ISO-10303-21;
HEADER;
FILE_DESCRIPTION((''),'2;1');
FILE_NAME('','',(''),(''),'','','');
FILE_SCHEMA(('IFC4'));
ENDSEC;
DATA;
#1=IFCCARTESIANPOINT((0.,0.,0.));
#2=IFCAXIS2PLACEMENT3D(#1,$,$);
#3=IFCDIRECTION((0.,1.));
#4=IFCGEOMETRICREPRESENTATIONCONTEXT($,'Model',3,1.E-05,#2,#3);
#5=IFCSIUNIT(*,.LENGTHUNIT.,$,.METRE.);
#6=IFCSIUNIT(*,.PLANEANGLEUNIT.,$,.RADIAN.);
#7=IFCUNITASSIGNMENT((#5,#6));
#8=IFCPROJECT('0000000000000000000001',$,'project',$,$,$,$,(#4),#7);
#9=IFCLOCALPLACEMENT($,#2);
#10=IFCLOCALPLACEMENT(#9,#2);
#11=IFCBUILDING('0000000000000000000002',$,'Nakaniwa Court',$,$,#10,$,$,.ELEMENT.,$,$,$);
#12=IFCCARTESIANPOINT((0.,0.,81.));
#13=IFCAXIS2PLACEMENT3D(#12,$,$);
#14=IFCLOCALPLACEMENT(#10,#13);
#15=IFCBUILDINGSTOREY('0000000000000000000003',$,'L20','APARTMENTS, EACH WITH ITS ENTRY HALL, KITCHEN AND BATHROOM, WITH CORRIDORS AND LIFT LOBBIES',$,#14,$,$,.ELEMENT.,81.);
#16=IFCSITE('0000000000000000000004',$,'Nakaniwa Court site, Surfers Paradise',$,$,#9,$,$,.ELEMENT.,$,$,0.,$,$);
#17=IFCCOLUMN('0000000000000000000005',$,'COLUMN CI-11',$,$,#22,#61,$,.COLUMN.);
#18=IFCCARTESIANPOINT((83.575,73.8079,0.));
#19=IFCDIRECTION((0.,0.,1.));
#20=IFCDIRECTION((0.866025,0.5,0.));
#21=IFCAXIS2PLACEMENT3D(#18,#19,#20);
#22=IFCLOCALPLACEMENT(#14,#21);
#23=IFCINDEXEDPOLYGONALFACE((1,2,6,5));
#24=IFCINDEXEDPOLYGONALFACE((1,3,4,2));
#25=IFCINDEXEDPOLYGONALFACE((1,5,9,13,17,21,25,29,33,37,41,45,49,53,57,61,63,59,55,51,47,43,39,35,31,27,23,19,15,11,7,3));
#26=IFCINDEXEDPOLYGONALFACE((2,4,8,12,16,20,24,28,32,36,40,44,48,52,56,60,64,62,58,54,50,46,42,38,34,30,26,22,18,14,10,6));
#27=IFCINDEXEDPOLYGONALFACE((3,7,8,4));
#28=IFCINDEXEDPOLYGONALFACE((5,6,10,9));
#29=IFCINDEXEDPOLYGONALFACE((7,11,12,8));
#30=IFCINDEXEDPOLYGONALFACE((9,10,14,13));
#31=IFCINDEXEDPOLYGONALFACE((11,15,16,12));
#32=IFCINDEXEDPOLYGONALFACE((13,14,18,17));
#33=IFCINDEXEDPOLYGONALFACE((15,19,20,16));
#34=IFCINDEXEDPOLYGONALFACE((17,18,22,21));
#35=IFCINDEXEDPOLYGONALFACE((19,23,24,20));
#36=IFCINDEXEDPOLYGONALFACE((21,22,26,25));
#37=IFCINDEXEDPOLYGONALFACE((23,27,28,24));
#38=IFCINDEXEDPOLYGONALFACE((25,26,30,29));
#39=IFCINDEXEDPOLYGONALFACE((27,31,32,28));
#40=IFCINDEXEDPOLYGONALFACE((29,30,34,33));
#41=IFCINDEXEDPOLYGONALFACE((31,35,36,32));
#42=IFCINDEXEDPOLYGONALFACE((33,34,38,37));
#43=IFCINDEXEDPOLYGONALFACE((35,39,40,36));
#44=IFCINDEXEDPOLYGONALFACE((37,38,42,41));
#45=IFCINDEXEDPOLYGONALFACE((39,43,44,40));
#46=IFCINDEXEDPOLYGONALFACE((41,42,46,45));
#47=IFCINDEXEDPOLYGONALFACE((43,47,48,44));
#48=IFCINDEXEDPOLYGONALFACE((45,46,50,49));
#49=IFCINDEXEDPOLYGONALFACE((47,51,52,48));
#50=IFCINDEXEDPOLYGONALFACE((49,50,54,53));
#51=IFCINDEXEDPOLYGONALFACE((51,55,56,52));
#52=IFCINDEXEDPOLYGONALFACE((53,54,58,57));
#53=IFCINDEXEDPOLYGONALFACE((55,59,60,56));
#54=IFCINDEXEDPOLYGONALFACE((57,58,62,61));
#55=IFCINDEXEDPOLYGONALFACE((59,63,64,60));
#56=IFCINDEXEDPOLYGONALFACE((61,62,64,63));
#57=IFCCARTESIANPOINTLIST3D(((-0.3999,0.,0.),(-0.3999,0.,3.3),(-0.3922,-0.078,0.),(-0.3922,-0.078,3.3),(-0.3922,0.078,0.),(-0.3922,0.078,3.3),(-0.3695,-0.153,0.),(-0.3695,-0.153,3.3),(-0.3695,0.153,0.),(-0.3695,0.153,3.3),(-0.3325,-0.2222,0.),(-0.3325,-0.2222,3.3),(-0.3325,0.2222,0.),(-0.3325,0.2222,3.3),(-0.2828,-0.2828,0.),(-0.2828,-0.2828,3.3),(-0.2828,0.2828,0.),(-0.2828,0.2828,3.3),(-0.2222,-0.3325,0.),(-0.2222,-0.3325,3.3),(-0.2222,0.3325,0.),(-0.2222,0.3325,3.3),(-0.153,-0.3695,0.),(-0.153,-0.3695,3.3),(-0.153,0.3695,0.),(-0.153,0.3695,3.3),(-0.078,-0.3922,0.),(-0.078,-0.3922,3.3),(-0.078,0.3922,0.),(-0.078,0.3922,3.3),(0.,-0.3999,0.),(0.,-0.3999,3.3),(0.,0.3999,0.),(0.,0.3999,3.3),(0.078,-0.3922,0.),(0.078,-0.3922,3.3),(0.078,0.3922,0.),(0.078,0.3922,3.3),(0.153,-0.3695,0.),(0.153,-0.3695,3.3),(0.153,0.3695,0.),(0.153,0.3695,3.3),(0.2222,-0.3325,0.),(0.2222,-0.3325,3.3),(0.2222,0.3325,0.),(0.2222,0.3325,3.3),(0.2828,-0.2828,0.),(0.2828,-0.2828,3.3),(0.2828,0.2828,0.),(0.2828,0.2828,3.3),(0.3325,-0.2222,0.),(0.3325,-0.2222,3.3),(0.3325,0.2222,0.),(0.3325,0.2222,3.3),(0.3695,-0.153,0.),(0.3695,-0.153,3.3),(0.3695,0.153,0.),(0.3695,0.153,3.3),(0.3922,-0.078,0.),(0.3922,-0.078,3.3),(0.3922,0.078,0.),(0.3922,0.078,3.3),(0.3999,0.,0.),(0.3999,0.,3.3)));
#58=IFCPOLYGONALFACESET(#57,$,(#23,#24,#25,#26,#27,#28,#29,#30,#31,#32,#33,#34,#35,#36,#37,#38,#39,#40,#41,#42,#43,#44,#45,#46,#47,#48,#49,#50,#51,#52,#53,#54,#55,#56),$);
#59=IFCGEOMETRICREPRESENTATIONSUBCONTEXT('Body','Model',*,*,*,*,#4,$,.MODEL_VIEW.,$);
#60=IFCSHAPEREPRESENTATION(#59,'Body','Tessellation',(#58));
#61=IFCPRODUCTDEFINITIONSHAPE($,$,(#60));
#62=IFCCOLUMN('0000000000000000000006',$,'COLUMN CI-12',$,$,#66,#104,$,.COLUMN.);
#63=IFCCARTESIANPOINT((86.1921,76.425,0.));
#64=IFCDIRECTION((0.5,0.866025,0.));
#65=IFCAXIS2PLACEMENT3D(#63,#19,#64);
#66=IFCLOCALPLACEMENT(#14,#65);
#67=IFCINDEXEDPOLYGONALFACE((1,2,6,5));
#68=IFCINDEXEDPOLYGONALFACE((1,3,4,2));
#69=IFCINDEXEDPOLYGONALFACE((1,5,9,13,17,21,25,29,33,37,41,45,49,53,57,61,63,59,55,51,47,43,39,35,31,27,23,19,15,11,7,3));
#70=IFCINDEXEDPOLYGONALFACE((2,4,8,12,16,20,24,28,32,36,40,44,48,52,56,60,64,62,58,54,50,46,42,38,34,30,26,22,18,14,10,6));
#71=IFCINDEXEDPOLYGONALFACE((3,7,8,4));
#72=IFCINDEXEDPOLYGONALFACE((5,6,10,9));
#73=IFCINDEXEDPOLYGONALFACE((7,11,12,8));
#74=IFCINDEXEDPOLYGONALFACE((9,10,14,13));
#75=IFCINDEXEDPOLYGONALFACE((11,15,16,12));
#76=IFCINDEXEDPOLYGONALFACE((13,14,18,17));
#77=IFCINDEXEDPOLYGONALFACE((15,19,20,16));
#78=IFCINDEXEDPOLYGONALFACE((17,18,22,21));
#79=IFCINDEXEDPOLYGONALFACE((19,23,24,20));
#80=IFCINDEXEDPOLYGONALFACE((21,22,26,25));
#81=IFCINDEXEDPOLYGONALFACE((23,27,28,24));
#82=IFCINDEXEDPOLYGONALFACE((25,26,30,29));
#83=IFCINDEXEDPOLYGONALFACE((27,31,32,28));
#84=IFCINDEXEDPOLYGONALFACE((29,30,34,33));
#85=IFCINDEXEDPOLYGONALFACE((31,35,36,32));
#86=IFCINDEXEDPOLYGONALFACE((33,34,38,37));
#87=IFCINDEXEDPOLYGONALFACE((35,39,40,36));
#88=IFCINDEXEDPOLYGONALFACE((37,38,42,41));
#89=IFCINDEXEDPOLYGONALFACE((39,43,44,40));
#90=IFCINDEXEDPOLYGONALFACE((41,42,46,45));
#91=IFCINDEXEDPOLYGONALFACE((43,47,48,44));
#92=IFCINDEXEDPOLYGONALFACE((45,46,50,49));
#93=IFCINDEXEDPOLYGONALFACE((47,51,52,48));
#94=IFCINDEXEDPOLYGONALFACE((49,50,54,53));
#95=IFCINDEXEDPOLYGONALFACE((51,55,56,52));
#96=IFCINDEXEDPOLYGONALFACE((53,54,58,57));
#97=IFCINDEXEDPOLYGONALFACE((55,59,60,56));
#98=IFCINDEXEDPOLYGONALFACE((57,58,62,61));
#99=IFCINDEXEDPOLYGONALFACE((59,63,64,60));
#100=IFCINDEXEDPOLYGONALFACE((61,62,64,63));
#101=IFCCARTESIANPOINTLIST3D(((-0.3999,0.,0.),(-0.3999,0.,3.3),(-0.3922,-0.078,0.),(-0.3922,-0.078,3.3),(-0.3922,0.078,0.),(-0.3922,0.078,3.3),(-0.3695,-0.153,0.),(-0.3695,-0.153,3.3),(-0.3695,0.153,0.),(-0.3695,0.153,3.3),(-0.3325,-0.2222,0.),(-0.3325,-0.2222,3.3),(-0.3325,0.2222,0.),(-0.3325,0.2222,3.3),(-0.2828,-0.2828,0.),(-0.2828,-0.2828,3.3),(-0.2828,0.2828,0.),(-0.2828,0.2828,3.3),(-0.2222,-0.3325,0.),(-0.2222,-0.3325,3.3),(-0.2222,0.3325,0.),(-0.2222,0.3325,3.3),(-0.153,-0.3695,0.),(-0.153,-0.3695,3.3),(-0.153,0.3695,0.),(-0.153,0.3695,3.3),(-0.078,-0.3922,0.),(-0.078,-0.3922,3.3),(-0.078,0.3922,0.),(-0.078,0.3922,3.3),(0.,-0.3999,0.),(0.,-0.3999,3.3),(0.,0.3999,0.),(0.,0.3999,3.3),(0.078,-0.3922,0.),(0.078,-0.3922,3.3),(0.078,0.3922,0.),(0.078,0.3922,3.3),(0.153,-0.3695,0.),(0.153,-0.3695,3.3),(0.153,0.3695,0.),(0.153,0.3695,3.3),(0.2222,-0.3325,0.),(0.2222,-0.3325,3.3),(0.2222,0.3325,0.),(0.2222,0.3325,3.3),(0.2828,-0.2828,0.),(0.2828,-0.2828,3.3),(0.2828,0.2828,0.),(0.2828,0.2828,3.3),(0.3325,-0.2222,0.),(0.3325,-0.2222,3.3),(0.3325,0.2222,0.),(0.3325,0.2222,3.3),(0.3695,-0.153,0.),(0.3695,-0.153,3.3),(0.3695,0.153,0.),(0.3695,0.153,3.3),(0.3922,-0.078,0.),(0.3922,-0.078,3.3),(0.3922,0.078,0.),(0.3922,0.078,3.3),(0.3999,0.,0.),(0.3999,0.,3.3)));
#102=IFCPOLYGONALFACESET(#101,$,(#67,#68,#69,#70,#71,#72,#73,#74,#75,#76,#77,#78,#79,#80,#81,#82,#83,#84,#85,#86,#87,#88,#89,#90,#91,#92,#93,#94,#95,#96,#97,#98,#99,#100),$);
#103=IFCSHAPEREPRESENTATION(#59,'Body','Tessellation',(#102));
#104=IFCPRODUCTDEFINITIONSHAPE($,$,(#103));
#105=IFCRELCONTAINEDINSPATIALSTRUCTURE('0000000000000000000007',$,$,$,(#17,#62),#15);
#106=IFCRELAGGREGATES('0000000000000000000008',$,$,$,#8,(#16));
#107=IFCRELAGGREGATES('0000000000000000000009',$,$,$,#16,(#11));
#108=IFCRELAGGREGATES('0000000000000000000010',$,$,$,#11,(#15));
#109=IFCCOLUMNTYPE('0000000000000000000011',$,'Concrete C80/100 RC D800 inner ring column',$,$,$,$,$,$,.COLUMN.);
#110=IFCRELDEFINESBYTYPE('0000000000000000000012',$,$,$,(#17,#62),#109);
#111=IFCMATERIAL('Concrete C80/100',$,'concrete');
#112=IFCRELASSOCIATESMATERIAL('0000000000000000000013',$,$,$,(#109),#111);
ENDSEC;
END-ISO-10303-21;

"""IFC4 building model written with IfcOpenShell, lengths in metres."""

from ifc_helpers import new_model, si_unit, direction, frame, origin, origin_2d, place, context, subcontext, project, spatial, circle, extrude, material, material_profile, profile_set, type_object, element, save


model = new_model("IFC4")

# Units and contexts
model_context = context("Model", 3, precision=1e-05, world=origin(), true_north=direction((0.0, 1.0)))
body_context = subcontext(model_context, "Body", "Model", "MODEL_VIEW")
ifc_project = project(units=[si_unit("LENGTHUNIT", "METRE"), si_unit("PLANEANGLEUNIT", "RADIAN")], contexts=[model_context])

# Site, building, storey
site_placement = place(None, origin())
site = spatial("IfcSite", under=ifc_project, at=site_placement, Name="Nakaniwa Court site, Surfers Paradise", CompositionType="ELEMENT", RefElevation=0.0)
building_placement = place(site_placement, origin())
building = spatial("IfcBuilding", under=site, at=building_placement, Name="Nakaniwa Court", CompositionType="ELEMENT")
storey_placement = place(building_placement, frame((0.0, 0.0, 81.0)))
storey = spatial("IfcBuildingStorey", under=building, at=storey_placement, Name="L20", Description="APARTMENTS, EACH WITH ITS ENTRY HALL, KITCHEN AND BATHROOM, WITH CORRIDORS AND LIFT LOBBIES", CompositionType="ELEMENT", Elevation=81.0)

# Columns
ifc_material_1 = material(Name="Concrete C80/100", Category="concrete")
ifc_material_profile_1 = material_profile(ifc_material_1, circle(Radius=0.3999, at=origin_2d()), Name="Concrete C80/100 RC D800 inner ring column")
ifc_profile_set_1 = profile_set([ifc_material_profile_1], Name="Concrete C80/100")
column_type = type_object("IfcColumnType", Name="Concrete C80/100 RC D800 inner ring column", PredefinedType="COLUMN", material=ifc_profile_set_1)
for number, where, z_axis, x_axis, name in (
    (1, (83.575, 73.8079, 0.0), (0.0, 0.0, 1.0), (0.866025, 0.5, 0.0), "COLUMN CI-11"),
    (2, (86.1921, 76.425, 0.0), (0.0, 0.0, 1.0), (0.5, 0.866025, 0.0), "COLUMN CI-12"),
):
    element("IfcColumn", number, at=place(storey_placement, frame(where, z_axis=z_axis, x_axis=x_axis)), inside=storey, type_object=column_type, Name=name, PredefinedType="COLUMN", context=body_context, shape_type="SweptSolid", body=[
        extrude(circle(Radius=0.3999, at=origin_2d()), origin(), (0.0, 0.0, 1.0), 3.3),
    ])

save(model, "model.ifc")
